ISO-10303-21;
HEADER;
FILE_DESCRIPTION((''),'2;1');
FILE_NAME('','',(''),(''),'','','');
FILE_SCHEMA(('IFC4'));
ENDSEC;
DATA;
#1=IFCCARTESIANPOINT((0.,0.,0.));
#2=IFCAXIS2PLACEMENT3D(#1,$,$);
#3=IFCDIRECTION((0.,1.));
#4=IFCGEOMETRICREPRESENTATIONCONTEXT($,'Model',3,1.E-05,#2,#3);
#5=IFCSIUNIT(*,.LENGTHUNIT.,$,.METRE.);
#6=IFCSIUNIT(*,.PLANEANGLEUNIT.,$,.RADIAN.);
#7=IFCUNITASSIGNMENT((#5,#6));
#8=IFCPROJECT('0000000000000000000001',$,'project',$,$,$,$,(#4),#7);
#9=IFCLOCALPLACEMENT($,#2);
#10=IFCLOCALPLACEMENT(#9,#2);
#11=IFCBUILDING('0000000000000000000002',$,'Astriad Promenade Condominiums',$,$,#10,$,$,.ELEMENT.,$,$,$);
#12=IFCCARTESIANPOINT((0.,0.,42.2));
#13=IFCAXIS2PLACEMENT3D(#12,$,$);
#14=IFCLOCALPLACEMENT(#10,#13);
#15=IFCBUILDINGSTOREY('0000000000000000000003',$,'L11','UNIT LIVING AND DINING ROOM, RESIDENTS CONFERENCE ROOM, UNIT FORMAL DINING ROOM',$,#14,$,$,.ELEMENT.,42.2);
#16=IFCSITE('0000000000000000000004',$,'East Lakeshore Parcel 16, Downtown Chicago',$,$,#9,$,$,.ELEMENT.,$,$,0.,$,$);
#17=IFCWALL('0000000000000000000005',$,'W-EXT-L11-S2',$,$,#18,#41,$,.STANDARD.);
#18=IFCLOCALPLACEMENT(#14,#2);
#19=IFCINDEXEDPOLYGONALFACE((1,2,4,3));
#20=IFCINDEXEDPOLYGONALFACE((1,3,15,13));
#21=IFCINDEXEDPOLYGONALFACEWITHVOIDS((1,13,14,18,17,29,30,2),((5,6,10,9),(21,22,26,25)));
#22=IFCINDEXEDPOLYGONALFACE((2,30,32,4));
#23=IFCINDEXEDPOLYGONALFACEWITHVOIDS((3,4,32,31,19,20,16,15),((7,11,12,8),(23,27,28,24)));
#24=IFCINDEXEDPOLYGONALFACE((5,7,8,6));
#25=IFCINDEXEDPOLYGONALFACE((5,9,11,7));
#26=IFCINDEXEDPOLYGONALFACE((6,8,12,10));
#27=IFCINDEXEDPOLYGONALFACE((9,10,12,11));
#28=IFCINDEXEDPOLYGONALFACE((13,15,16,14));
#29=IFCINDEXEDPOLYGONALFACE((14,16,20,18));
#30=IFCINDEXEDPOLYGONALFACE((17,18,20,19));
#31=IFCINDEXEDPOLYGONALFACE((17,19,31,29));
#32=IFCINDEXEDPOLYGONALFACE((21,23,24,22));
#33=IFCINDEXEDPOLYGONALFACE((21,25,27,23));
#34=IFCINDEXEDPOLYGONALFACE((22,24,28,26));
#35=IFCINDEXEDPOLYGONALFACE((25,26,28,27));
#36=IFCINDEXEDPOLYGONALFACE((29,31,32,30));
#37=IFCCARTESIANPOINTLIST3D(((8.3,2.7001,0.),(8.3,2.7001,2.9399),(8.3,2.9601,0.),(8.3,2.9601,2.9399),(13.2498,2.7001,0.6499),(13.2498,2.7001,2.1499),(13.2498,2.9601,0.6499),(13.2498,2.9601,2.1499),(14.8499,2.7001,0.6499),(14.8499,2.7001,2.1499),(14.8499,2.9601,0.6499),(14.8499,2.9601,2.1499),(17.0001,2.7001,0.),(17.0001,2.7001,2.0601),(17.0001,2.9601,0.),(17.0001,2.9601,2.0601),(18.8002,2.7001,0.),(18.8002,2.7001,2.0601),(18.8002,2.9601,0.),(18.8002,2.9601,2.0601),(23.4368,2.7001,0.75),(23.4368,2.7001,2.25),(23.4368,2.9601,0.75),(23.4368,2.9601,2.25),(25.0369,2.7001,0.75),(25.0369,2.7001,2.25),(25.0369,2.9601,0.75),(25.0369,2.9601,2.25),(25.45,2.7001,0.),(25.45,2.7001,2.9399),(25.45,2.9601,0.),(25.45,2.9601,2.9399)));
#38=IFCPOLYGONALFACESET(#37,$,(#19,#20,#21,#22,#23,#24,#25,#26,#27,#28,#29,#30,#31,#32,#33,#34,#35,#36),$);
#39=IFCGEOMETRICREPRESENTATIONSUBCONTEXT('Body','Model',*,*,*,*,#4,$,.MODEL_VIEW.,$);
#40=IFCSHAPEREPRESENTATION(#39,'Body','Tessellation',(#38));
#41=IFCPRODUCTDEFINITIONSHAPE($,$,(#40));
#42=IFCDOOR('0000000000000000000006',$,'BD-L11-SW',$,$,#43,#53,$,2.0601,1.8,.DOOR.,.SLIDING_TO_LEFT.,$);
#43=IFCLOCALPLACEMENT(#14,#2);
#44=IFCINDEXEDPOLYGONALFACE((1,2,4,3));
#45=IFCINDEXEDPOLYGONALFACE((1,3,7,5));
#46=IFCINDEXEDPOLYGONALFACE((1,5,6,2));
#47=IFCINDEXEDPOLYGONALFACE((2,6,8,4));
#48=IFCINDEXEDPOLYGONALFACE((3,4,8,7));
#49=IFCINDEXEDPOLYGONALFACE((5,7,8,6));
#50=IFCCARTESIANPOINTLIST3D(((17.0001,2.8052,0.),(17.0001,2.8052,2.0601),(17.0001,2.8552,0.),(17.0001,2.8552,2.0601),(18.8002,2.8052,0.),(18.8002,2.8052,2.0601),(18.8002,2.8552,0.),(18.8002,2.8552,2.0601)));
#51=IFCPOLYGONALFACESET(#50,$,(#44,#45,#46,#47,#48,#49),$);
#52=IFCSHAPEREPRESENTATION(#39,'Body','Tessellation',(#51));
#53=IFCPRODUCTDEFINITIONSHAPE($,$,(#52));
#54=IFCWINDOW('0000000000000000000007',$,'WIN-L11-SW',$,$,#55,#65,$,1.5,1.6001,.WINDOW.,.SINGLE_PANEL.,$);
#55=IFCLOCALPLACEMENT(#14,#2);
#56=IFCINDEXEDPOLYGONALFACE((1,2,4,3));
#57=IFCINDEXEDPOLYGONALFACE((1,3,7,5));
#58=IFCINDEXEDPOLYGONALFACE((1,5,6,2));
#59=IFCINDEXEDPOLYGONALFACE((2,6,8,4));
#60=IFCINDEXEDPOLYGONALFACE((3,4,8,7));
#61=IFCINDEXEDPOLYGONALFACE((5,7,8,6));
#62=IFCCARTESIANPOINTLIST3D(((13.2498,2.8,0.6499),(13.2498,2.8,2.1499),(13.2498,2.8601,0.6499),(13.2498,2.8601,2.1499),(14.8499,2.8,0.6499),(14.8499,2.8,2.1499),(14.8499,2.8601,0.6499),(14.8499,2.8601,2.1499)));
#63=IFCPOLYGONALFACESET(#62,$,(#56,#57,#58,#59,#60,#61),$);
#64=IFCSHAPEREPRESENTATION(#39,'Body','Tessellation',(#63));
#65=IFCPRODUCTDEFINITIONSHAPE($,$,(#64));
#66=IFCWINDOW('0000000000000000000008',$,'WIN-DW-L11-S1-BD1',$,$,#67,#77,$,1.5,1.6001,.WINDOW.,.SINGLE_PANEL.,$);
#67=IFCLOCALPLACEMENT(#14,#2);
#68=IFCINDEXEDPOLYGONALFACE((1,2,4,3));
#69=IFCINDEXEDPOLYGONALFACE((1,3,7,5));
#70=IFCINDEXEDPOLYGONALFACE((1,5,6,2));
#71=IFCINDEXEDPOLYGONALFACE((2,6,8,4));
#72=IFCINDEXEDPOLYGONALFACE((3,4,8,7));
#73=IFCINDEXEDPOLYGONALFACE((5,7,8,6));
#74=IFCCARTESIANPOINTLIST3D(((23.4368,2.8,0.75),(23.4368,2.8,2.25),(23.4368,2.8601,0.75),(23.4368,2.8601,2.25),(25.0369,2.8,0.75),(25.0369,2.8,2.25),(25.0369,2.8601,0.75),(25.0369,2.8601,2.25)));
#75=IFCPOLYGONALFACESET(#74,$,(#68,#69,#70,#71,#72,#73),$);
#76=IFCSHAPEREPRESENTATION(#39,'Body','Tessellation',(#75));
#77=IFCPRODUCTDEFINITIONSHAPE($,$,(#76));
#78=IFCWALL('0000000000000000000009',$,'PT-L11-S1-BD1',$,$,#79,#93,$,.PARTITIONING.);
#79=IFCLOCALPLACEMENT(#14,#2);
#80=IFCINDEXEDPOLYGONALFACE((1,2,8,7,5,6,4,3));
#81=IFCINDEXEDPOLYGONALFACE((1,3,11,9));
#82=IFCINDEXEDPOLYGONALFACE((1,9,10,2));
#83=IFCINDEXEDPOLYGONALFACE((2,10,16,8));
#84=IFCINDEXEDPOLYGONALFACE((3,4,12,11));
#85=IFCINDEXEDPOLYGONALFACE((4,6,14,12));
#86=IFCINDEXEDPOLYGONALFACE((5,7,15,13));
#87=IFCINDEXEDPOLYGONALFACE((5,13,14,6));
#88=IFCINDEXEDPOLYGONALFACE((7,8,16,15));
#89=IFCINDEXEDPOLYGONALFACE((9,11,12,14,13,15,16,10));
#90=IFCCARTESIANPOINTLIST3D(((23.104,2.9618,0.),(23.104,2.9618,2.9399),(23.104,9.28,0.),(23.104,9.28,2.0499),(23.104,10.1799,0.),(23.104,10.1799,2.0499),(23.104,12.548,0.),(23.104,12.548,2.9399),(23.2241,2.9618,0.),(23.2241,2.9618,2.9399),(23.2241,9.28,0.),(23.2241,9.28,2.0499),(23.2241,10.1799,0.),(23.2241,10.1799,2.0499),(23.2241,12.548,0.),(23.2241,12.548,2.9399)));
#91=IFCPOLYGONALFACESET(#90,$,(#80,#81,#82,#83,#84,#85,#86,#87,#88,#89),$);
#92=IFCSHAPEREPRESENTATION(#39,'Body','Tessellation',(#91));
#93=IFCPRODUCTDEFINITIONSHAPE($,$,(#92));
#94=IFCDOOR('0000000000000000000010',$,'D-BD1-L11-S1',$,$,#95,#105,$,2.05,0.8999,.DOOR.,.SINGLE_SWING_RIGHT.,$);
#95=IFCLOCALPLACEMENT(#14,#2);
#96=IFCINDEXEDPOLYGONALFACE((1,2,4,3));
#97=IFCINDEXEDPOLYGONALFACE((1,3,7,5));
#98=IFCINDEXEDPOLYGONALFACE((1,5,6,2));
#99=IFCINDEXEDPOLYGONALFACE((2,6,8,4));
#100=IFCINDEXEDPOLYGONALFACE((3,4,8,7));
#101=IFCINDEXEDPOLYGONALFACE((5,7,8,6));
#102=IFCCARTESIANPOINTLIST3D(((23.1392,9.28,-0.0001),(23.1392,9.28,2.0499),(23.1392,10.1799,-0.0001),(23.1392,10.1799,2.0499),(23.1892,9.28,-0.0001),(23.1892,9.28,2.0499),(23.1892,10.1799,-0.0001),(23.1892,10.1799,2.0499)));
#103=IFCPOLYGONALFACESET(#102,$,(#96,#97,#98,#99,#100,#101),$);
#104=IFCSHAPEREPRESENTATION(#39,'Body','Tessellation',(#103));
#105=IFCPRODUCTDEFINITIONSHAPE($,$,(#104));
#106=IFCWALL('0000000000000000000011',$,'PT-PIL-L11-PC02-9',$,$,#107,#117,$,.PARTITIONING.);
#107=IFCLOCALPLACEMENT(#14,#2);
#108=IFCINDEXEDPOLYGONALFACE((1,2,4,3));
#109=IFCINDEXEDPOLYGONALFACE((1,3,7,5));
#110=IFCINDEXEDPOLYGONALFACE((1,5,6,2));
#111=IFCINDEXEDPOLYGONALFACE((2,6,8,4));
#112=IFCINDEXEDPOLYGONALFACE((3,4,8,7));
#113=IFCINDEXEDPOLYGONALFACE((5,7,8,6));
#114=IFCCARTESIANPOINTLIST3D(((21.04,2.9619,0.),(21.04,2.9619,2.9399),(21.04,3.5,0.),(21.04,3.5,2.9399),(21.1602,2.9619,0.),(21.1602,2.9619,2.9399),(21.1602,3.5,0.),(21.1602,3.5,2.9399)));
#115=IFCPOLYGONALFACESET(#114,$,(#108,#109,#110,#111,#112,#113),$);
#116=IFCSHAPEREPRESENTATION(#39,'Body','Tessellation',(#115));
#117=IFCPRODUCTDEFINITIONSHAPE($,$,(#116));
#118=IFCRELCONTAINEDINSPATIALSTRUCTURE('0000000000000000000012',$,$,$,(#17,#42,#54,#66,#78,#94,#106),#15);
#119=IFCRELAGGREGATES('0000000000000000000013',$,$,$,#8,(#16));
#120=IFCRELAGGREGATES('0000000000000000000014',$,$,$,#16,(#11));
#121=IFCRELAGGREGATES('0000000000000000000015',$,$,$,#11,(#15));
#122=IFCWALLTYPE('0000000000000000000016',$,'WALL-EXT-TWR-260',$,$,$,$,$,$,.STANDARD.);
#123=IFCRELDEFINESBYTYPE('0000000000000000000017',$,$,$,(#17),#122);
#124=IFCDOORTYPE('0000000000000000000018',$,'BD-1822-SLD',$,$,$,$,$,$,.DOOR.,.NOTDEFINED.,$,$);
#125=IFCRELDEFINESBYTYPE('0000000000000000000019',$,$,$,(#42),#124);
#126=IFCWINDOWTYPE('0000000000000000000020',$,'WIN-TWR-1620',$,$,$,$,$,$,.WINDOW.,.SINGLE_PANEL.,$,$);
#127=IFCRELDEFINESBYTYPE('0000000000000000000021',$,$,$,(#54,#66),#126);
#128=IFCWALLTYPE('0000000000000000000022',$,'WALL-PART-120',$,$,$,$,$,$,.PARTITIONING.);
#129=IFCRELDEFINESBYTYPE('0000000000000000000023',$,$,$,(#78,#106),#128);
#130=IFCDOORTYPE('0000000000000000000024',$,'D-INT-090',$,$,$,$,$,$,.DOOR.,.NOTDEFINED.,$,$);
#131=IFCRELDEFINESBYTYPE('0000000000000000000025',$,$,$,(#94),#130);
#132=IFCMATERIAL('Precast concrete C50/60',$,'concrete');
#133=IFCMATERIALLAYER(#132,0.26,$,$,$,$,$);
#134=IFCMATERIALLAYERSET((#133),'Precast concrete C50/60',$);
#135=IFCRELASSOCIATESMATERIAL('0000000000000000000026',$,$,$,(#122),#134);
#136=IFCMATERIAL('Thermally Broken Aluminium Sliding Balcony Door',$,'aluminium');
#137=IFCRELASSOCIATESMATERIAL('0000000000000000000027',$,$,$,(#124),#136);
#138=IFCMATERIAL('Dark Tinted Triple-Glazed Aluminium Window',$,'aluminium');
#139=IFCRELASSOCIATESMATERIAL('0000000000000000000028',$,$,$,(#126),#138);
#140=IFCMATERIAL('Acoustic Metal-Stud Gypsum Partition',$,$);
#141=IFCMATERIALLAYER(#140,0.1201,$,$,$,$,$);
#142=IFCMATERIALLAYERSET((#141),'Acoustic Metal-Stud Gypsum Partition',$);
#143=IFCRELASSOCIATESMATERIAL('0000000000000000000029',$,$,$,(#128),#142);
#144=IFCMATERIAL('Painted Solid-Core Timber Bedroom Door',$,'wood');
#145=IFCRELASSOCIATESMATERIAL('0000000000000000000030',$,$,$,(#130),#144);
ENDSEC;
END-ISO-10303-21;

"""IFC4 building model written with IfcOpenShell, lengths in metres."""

from ifc_helpers import new_model, si_unit, direction, frame, frame_2d, origin, place, context, subcontext, project, spatial, rectangle, extrude, source, transform, mapped, material, layer, layer_set, type_object, type_shapes, element, fill, save


model = new_model("IFC4")

# Units and contexts
model_context = context("Model", 3, precision=1e-05, world=origin(), true_north=direction((0.0, 1.0)))
body_context = subcontext(model_context, "Body", "Model", "MODEL_VIEW")
ifc_project = project(units=[si_unit("LENGTHUNIT", "METRE"), si_unit("PLANEANGLEUNIT", "RADIAN")], contexts=[model_context])

# Site, building, storey
site_placement = place(None, origin())
site = spatial("IfcSite", under=ifc_project, at=site_placement, Name="East Lakeshore Parcel 16, Downtown Chicago", CompositionType="ELEMENT", RefElevation=0.0)
building_placement = place(site_placement, origin())
building = spatial("IfcBuilding", under=site, at=building_placement, Name="Astriad Promenade Condominiums", CompositionType="ELEMENT")
storey_placement = place(building_placement, frame((0.0, 0.0, 42.2)))
storey = spatial("IfcBuildingStorey", under=building, at=storey_placement, Name="L11", Description="UNIT LIVING AND DINING ROOM, RESIDENTS CONFERENCE ROOM, UNIT FORMAL DINING ROOM", CompositionType="ELEMENT", Elevation=42.2)

# Wall, openings, door, windows
ifc_material_1 = material(Name="Precast concrete C50/60", Category="concrete")
ifc_layer_1 = layer(ifc_material_1, 0.26)
ifc_layer_set_1 = layer_set([ifc_layer_1], Name="Precast concrete C50/60")
wall_type_1 = type_object("IfcWallType", Name="WALL-EXT-TWR-260", PredefinedType="STANDARD", material=ifc_layer_set_1)
wall_1_placement = place(storey_placement, frame((25.45, 2.8301, 0.0), z_axis=(0.0, 0.0, 1.0), x_axis=(-1.0, 0.0, 0.0)))
wall_1 = element("IfcWall", 1, at=wall_1_placement, inside=storey, type_object=wall_type_1, Name="W-EXT-L11-S2", PredefinedType="STANDARD", context=body_context, shape_type="SweptSolid", body=[
    extrude(rectangle(XDim=17.1499, YDim=0.26, at=frame_2d((8.575, 0.0))), origin(), (0.0, 0.0, 1.0), 2.9399),
])
opening_1_placement = place(wall_1_placement, frame((6.6499, 0.0, 0.0)))
opening_1 = element("IfcOpeningElement", 2, at=opening_1_placement, cuts=wall_1, PredefinedType="OPENING", context=body_context, shape_type="SweptSolid", body=[
    extrude(rectangle(XDim=1.8, YDim=2.0601, at=frame_2d((0.8999, 1.03))), frame((0.0, 0.1399, 0.0), z_axis=(0.0, -1.0, 0.0), x_axis=(1.0, 0.0, 0.0)), (0.0, 0.0, 1.0), 0.28),
])
opening_2_placement = place(wall_1_placement, frame((10.6001, 0.0, 0.6499)))
opening_2 = element("IfcOpeningElement", 3, at=opening_2_placement, cuts=wall_1, PredefinedType="OPENING", context=body_context, shape_type="SweptSolid", body=[
    extrude(rectangle(XDim=1.6001, YDim=1.5, at=frame_2d((0.8, 0.75))), frame((0.0, 0.1399, 0.0), z_axis=(0.0, -1.0, 0.0), x_axis=(1.0, 0.0, 0.0)), (0.0, 0.0, 1.0), 0.28),
])
opening_3_placement = place(wall_1_placement, frame((0.4131, 0.0, 0.75)))
opening_3 = element("IfcOpeningElement", 4, at=opening_3_placement, cuts=wall_1, PredefinedType="OPENING", context=body_context, shape_type="SweptSolid", body=[
    extrude(rectangle(XDim=1.6001, YDim=1.5, at=frame_2d((0.8, 0.75))), frame((0.0, 0.1399, 0.0), z_axis=(0.0, -1.0, 0.0), x_axis=(1.0, 0.0, 0.0)), (0.0, 0.0, 1.0), 0.28),
])
ifc_material_2 = material(Name="Thermally Broken Aluminium Sliding Balcony Door", Category="aluminium")
door_type_1 = type_object("IfcDoorType", Name="BD-1822-SLD", OperationType="NOTDEFINED", PredefinedType="DOOR", material=ifc_material_2)
shared_shape_1 = source(origin(), body_context, "Body", "SweptSolid", [
    extrude(rectangle(XDim=1.8, YDim=2.0601, at=frame_2d((0.8999, 1.03))), frame((0.0, 0.0249, 0.0), z_axis=(0.0, -1.0, 0.0), x_axis=(1.0, 0.0, 0.0)), (0.0, 0.0, 1.0), 0.05),
])
type_shapes(door_type_1, [shared_shape_1])
door_1_placement = place(opening_1_placement, origin())
door_1 = element("IfcDoor", 5, at=door_1_placement, inside=storey, type_object=door_type_1, Name="BD-L11-SW", OperationType="SLIDING_TO_LEFT", OverallHeight=2.0601, OverallWidth=1.8, PredefinedType="DOOR", context=body_context, shape_type="MappedRepresentation", body=[
    mapped(shared_shape_1, transform((0.0, 0.0, 0.0), scale=1.0)),
])
fill(opening_1, door_1)
ifc_material_3 = material(Name="Dark Tinted Triple-Glazed Aluminium Window", Category="aluminium")
window_type = type_object("IfcWindowType", Name="WIN-TWR-1620", PartitioningType="SINGLE_PANEL", PredefinedType="WINDOW", material=ifc_material_3)
shared_shape_2 = source(origin(), body_context, "Body", "SweptSolid", [
    extrude(rectangle(XDim=1.6001, YDim=1.5, at=frame_2d((0.8, 0.75))), frame((0.0, 0.03, 0.0), z_axis=(0.0, -1.0, 0.0), x_axis=(1.0, 0.0, 0.0)), (0.0, 0.0, 1.0), 0.0601),
])
type_shapes(window_type, [shared_shape_2])
window_1_placement = place(opening_2_placement, origin())
window_1 = element("IfcWindow", 6, at=window_1_placement, inside=storey, type_object=window_type, Name="WIN-L11-SW", OverallHeight=1.5, OverallWidth=1.6001, PartitioningType="SINGLE_PANEL", PredefinedType="WINDOW", context=body_context, shape_type="MappedRepresentation", body=[
    mapped(shared_shape_2, transform((0.0, 0.0, 0.0), scale=1.0)),
])
fill(opening_2, window_1)
window_2_placement = place(opening_3_placement, origin())
window_2 = element("IfcWindow", 7, at=window_2_placement, inside=storey, type_object=window_type, Name="WIN-DW-L11-S1-BD1", OverallHeight=1.5, OverallWidth=1.6001, PartitioningType="SINGLE_PANEL", PredefinedType="WINDOW", context=body_context, shape_type="MappedRepresentation", body=[
    mapped(shared_shape_2, transform((0.0, 0.0, 0.0), scale=1.0)),
])
fill(opening_3, window_2)

# Wall, opening, door
ifc_material_4 = material(Name="Acoustic Metal-Stud Gypsum Partition")
ifc_layer_2 = layer(ifc_material_4, 0.1201)
ifc_layer_set_2 = layer_set([ifc_layer_2], Name="Acoustic Metal-Stud Gypsum Partition")
wall_type_2 = type_object("IfcWallType", Name="WALL-PART-120", PredefinedType="PARTITIONING", material=ifc_layer_set_2)
wall_2_placement = place(storey_placement, frame((23.1641, 2.9619, 0.0), z_axis=(0.0, 0.0, 1.0), x_axis=(0.0, 1.0, 0.0)))
wall_2 = element("IfcWall", 8, at=wall_2_placement, inside=storey, type_object=wall_type_2, Name="PT-L11-S1-BD1", PredefinedType="PARTITIONING", context=body_context, shape_type="SweptSolid", body=[
    extrude(rectangle(XDim=9.5862, YDim=0.1201, at=frame_2d((4.793, 0.0))), origin(), (0.0, 0.0, 1.0), 2.9399),
])
opening_4_placement = place(wall_2_placement, frame((6.3181, 0.0, 0.0)))
opening_4 = element("IfcOpeningElement", 9, at=opening_4_placement, cuts=wall_2, PredefinedType="OPENING", context=body_context, shape_type="SweptSolid", body=[
    extrude(rectangle(XDim=0.8999, YDim=2.05, at=frame_2d((0.45, 1.0249))), frame((0.0, 0.0701, 0.0), z_axis=(0.0, -1.0, 0.0), x_axis=(1.0, 0.0, 0.0)), (0.0, 0.0, 1.0), 0.1401),
])
ifc_material_5 = material(Name="Painted Solid-Core Timber Bedroom Door", Category="wood")
door_type_2 = type_object("IfcDoorType", Name="D-INT-090", OperationType="NOTDEFINED", PredefinedType="DOOR", material=ifc_material_5)
shared_shape_3 = source(origin(), body_context, "Body", "SweptSolid", [
    extrude(rectangle(XDim=0.8999, YDim=2.05, at=frame_2d((0.45, 1.0249))), frame((0.0, 0.0249, 0.0), z_axis=(0.0, -1.0, 0.0), x_axis=(1.0, 0.0, 0.0)), (0.0, 0.0, 1.0), 0.05),
])
type_shapes(door_type_2, [shared_shape_3])
door_2_placement = place(opening_4_placement, origin())
door_2 = element("IfcDoor", 10, at=door_2_placement, inside=storey, type_object=door_type_2, Name="D-BD1-L11-S1", OperationType="SINGLE_SWING_RIGHT", OverallHeight=2.05, OverallWidth=0.8999, PredefinedType="DOOR", context=body_context, shape_type="MappedRepresentation", body=[
    mapped(shared_shape_3, transform((0.0, 0.0, 0.0), scale=1.0)),
])
fill(opening_4, door_2)

# Wall
wall_3_placement = place(storey_placement, frame((21.1001, 3.5, 0.0), z_axis=(0.0, 0.0, 1.0), x_axis=(0.0, -1.0, 0.0)))
element("IfcWall", 11, at=wall_3_placement, inside=storey, type_object=wall_type_2, Name="PT-PIL-L11-PC02-9", PredefinedType="PARTITIONING", context=body_context, shape_type="SweptSolid", body=[
    extrude(rectangle(XDim=0.5381, YDim=0.1201, at=frame_2d((0.269, 0.0))), origin(), (0.0, 0.0, 1.0), 2.9399),
])

save(model, "model.ifc")
